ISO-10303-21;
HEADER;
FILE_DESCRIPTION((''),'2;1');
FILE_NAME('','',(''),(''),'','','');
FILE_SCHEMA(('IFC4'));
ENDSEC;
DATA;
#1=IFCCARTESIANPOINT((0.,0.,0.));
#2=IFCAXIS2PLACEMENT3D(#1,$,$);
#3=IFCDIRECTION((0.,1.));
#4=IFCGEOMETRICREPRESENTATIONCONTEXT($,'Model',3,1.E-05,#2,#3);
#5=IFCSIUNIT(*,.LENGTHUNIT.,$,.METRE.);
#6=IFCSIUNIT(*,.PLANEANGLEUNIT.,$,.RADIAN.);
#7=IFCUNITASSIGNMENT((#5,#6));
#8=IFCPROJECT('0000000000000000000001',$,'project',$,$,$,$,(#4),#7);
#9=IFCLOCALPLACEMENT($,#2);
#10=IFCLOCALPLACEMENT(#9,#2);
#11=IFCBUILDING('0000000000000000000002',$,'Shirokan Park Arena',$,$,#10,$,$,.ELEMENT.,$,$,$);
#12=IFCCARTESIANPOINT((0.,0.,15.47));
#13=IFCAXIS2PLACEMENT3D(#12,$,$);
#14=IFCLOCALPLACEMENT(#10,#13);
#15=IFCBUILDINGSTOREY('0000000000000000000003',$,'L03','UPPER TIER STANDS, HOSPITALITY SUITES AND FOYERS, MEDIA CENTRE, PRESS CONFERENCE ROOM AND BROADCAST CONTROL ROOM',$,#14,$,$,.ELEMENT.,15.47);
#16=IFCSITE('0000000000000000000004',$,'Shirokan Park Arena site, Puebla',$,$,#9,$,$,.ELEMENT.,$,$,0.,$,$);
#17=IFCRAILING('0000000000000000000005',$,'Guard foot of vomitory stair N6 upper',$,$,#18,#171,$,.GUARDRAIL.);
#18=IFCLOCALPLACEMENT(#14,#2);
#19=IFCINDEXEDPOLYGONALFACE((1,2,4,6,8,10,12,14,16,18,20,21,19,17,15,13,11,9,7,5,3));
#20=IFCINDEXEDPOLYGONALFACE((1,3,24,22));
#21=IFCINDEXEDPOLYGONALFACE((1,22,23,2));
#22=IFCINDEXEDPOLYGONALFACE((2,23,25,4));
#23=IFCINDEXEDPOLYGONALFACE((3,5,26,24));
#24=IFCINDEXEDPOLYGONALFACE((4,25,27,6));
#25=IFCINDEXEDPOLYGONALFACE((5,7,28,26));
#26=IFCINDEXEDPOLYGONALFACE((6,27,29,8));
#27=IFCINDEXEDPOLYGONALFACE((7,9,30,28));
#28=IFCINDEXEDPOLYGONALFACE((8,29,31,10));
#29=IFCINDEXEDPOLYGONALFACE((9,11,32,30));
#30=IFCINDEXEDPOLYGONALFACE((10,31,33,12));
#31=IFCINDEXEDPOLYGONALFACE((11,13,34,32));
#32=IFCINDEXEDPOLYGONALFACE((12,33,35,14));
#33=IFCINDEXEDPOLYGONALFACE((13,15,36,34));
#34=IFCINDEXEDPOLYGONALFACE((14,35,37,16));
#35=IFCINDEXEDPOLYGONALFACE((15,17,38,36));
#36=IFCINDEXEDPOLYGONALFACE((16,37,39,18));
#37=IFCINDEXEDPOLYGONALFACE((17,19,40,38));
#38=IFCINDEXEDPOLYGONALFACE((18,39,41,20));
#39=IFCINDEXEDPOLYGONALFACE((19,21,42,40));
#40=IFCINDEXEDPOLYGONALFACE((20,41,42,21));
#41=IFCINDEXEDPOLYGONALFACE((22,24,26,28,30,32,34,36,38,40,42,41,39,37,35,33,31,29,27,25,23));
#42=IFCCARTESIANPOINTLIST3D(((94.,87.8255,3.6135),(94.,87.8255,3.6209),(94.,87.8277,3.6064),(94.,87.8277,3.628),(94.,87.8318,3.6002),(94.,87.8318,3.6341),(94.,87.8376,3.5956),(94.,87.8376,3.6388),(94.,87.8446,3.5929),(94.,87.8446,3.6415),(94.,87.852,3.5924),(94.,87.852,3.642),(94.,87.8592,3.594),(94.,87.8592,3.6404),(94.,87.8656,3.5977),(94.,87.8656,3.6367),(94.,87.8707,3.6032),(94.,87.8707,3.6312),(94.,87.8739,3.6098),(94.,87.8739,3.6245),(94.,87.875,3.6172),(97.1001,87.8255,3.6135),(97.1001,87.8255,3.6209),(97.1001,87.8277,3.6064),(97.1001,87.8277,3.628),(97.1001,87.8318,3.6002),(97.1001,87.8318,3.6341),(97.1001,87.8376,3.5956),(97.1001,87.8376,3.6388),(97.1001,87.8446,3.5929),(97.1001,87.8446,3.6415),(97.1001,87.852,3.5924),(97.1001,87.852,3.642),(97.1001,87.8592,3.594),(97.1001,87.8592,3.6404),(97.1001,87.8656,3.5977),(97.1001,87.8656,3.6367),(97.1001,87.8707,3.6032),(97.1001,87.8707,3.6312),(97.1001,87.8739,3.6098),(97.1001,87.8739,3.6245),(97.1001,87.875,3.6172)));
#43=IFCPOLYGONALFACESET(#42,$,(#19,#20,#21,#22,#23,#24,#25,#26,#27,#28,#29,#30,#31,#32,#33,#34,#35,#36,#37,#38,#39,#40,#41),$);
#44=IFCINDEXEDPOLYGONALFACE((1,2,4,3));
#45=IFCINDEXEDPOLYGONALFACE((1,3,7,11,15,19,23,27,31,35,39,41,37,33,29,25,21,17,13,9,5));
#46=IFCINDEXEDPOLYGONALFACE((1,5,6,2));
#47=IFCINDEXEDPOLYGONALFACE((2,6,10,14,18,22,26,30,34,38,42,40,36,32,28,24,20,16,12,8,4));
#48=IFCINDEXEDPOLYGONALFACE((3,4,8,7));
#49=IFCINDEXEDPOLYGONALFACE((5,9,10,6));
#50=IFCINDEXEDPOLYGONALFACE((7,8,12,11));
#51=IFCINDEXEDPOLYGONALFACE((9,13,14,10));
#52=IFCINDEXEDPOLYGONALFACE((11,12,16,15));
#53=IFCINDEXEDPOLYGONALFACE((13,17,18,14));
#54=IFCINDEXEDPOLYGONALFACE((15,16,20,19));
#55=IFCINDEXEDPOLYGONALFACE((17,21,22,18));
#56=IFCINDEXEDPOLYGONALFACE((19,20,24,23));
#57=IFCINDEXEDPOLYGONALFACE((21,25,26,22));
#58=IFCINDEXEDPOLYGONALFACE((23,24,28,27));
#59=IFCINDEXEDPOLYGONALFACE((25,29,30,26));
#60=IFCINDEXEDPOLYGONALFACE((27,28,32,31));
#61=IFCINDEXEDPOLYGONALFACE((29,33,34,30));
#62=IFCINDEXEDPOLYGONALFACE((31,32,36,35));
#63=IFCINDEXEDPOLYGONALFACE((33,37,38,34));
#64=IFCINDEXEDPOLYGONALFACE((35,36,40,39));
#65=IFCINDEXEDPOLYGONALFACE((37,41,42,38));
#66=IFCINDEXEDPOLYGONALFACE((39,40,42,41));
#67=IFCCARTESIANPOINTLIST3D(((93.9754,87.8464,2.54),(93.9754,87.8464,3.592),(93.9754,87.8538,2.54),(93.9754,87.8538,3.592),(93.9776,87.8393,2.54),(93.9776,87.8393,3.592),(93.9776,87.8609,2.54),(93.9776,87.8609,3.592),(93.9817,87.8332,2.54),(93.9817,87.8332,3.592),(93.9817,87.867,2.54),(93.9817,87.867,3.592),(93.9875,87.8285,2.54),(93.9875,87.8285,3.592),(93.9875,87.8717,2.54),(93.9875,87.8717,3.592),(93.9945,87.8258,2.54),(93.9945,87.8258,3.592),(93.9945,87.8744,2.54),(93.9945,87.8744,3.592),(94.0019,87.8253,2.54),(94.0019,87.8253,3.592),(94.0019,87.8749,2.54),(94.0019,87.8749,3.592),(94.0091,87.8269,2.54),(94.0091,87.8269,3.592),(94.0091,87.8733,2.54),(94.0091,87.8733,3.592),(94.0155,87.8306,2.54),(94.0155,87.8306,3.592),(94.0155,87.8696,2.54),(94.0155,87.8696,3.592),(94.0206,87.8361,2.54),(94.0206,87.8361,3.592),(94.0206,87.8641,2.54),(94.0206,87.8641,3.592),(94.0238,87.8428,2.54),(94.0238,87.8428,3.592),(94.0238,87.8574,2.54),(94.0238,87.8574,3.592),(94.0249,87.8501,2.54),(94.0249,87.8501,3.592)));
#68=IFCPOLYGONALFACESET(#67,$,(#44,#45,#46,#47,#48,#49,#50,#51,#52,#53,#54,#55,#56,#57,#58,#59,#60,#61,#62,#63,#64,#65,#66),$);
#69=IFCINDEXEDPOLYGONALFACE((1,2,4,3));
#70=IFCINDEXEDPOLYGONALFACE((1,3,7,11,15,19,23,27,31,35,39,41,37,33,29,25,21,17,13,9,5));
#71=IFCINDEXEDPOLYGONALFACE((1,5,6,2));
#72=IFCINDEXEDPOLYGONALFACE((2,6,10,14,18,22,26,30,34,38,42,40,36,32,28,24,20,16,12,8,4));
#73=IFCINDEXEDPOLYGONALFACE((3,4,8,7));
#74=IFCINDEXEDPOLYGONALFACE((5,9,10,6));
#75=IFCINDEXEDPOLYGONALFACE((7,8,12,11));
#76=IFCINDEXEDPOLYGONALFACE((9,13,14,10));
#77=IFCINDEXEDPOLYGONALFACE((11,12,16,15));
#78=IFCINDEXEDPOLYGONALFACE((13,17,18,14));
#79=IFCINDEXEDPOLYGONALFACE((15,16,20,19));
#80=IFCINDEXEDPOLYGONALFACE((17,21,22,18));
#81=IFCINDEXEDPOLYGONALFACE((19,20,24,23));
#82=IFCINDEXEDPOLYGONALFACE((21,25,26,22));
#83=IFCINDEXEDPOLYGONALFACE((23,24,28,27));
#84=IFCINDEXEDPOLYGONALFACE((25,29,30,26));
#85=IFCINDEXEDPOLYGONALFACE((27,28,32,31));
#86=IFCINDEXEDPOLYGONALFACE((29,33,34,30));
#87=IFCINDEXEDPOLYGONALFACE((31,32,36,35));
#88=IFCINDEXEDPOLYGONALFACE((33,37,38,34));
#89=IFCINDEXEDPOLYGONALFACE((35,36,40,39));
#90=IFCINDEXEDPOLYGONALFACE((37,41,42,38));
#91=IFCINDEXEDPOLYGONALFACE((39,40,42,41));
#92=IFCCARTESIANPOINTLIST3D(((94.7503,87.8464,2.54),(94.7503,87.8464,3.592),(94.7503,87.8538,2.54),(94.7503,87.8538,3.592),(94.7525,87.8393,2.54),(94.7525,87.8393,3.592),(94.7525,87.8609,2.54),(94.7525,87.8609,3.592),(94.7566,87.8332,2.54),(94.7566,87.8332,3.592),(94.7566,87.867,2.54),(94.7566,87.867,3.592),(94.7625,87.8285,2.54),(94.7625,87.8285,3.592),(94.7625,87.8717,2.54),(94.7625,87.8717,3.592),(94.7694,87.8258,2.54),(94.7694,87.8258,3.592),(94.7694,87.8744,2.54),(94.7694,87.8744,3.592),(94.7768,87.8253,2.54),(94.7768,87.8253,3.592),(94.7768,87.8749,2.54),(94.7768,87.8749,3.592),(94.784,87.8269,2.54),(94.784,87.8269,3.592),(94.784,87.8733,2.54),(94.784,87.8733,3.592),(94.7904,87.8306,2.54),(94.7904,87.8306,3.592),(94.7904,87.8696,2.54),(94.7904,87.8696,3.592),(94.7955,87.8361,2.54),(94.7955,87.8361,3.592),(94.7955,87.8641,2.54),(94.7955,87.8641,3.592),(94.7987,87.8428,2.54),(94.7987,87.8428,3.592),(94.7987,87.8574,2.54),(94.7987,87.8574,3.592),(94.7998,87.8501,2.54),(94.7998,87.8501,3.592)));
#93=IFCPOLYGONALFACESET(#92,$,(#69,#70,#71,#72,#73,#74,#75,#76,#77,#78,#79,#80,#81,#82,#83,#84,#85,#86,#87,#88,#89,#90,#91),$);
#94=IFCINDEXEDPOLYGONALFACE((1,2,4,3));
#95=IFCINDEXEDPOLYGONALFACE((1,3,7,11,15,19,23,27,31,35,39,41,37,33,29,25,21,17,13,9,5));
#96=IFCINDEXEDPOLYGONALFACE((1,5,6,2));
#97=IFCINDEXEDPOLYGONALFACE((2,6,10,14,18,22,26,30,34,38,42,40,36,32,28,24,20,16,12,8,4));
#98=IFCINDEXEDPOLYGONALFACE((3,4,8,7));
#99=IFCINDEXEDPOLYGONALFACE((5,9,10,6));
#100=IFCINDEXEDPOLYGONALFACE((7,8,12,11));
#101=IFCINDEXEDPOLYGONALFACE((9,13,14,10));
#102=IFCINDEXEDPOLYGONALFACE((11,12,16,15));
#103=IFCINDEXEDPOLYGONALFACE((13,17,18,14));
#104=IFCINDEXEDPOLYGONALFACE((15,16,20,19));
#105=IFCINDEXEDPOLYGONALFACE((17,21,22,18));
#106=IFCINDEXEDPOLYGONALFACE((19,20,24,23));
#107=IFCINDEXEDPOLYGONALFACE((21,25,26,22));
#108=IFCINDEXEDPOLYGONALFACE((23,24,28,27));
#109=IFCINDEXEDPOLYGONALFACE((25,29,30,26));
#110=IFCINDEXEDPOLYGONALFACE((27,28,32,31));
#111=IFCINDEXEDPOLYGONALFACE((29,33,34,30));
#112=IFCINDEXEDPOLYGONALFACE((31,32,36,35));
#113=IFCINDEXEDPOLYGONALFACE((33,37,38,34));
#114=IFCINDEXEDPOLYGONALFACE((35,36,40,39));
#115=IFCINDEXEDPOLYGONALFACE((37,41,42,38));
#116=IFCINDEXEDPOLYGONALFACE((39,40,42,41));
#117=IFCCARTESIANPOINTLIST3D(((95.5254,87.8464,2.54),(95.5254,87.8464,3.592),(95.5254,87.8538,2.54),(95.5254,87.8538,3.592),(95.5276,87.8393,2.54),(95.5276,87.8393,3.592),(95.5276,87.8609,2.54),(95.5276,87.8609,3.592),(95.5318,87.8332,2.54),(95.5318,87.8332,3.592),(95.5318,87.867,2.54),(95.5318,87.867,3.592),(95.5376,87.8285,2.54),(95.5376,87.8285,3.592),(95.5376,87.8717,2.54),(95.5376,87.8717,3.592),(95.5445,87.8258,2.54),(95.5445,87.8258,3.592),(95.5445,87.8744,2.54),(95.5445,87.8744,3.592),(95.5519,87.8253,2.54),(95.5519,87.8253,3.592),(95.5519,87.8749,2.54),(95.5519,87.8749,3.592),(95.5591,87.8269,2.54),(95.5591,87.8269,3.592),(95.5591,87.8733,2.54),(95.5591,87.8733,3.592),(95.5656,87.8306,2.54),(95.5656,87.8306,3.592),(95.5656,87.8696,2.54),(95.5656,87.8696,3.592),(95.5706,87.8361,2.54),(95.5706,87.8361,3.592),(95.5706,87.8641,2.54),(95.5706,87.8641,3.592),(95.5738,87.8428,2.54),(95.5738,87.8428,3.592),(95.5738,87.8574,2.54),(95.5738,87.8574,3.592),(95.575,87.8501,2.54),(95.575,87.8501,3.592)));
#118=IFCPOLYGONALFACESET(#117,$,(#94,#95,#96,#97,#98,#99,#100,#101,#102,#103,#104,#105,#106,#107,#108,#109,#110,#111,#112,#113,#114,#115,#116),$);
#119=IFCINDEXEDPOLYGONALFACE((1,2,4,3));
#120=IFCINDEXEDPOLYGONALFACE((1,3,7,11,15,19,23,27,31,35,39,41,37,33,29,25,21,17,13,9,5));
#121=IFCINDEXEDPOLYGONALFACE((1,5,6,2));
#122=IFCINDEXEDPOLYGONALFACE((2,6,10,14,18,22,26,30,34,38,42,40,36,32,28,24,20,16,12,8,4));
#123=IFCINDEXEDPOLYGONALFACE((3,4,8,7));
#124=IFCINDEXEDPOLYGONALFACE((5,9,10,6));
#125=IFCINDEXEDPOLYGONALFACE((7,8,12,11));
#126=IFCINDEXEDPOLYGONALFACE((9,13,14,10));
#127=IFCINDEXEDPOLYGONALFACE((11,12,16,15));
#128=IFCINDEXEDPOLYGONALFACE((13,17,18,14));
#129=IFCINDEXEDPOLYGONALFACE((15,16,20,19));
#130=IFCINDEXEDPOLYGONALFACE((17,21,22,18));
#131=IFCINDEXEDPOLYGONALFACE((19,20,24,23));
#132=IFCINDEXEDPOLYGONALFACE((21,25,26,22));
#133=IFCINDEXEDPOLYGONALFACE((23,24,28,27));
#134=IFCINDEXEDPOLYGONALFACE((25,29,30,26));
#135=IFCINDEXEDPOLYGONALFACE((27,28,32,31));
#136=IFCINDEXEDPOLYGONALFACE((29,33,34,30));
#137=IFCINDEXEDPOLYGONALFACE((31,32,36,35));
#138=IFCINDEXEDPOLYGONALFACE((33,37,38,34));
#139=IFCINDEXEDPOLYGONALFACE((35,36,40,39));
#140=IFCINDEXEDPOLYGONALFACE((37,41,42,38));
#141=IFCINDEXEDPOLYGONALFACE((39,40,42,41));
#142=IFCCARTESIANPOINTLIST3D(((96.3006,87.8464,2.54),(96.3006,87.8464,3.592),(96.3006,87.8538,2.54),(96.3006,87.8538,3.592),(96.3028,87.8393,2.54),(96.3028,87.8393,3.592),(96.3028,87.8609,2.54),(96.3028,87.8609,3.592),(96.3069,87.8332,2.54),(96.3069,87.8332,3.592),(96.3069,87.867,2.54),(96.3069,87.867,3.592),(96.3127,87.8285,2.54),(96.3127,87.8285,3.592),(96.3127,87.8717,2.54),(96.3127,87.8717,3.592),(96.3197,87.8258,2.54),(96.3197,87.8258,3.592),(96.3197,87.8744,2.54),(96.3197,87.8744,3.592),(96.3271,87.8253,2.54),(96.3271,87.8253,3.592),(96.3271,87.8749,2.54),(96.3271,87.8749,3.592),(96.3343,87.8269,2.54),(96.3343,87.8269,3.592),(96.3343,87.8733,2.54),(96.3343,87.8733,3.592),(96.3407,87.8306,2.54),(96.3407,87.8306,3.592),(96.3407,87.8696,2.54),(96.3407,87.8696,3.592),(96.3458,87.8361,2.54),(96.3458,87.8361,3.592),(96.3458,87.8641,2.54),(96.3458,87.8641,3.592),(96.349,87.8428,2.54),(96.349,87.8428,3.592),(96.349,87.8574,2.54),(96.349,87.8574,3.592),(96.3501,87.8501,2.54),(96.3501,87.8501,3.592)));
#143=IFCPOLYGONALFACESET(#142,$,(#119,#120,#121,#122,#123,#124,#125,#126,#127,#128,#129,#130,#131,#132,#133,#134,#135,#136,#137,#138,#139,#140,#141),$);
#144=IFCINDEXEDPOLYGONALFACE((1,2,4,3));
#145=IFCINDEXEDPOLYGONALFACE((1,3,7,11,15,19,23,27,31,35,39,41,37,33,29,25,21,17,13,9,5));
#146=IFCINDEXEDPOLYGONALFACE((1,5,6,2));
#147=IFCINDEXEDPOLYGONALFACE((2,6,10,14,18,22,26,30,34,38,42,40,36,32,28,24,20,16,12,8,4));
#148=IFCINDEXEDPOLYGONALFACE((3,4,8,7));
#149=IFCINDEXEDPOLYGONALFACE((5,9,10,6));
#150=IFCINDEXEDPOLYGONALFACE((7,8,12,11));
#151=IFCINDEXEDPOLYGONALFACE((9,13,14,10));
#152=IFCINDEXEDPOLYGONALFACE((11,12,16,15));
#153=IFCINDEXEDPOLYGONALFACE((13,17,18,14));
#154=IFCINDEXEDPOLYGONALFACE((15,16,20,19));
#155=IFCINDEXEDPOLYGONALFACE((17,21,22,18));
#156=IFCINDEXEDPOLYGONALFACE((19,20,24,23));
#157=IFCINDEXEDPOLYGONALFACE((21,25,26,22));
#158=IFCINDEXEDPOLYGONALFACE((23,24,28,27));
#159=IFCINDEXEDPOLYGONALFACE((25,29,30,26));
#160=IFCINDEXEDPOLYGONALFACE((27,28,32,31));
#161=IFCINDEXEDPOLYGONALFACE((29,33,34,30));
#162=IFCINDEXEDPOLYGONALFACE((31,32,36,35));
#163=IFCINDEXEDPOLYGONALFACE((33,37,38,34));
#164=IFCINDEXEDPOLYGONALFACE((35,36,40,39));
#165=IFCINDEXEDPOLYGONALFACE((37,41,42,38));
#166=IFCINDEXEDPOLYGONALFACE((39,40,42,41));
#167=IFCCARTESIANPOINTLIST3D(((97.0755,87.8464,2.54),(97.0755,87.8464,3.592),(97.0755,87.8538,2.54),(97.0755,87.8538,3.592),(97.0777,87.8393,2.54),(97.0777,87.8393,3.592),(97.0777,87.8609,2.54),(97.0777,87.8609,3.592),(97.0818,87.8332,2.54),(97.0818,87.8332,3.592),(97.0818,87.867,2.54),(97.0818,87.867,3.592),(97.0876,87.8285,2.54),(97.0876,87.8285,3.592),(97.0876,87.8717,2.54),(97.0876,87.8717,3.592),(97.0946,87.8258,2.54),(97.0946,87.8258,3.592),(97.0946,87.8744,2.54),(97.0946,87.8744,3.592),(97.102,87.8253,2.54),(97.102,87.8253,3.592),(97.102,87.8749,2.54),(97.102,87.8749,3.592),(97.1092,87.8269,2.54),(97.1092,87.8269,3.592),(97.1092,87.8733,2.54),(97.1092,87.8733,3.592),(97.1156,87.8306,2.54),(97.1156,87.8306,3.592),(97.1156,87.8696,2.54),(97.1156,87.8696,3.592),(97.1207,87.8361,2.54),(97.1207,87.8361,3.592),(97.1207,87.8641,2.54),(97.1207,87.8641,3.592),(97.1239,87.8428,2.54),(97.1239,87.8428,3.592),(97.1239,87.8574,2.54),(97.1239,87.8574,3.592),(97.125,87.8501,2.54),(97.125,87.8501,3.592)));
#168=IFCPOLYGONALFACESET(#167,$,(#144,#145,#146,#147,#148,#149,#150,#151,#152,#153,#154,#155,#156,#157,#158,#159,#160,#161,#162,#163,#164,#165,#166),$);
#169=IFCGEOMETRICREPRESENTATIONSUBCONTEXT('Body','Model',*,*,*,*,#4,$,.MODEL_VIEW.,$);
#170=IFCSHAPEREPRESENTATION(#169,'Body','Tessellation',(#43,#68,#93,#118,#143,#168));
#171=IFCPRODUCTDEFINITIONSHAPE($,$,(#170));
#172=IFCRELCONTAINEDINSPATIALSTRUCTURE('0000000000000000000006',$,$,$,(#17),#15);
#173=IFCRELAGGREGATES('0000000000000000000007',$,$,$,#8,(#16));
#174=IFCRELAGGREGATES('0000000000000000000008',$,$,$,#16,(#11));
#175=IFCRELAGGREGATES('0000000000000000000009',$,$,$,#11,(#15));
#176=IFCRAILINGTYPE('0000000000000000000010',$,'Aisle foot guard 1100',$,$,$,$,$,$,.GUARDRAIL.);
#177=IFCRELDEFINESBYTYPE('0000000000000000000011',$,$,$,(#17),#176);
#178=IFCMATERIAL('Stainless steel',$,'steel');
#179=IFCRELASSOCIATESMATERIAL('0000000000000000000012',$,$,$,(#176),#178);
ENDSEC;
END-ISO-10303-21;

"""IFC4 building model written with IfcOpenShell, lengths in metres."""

from ifc_helpers import new_model, si_unit, direction, frame, origin, origin_2d, place, context, subcontext, project, spatial, circle, extrude, material, type_object, element, save


model = new_model("IFC4")

# Units and contexts
model_context = context("Model", 3, precision=1e-05, world=origin(), true_north=direction((0.0, 1.0)))
body_context = subcontext(model_context, "Body", "Model", "MODEL_VIEW")
ifc_project = project(units=[si_unit("LENGTHUNIT", "METRE"), si_unit("PLANEANGLEUNIT", "RADIAN")], contexts=[model_context])

# Site, building, storey
site_placement = place(None, origin())
site = spatial("IfcSite", under=ifc_project, at=site_placement, Name="Shirokan Park Arena site, Puebla", CompositionType="ELEMENT", RefElevation=0.0)
building_placement = place(site_placement, origin())
building = spatial("IfcBuilding", under=site, at=building_placement, Name="Shirokan Park Arena", CompositionType="ELEMENT")
storey_placement = place(building_placement, frame((0.0, 0.0, 15.47)))
storey = spatial("IfcBuildingStorey", under=building, at=storey_placement, Name="L03", Description="UPPER TIER STANDS, HOSPITALITY SUITES AND FOYERS, MEDIA CENTRE, PRESS CONFERENCE ROOM AND BROADCAST CONTROL ROOM", CompositionType="ELEMENT", Elevation=15.47)

# Railing
ifc_material_1 = material(Name="Stainless steel", Category="steel")
railing_type_1 = type_object("IfcRailingType", Name="Aisle foot guard 1100", PredefinedType="GUARDRAIL", material=ifc_material_1)
railing_1_placement = place(storey_placement, frame((94.0, 87.8501, 2.54)))
element("IfcRailing", 1, at=railing_1_placement, inside=storey, type_object=railing_type_1, Name="Guard foot of vomitory stair N6 upper", PredefinedType="GUARDRAIL", context=body_context, shape_type="SweptSolid", body=[
    extrude(circle(Radius=0.0249, at=origin_2d()), frame((0.0, 0.0, 1.0771), z_axis=(1.0, 0.0, 0.0), x_axis=(0.0, 1.0, 0.0)), (0.0, 0.0, 1.0), 3.1001),
    extrude(circle(Radius=0.0249, at=origin_2d()), origin(), (0.0, 0.0, 1.0), 1.052),
    extrude(circle(Radius=0.0249, at=origin_2d()), frame((0.7749, 0.0, 0.0)), (0.0, 0.0, 1.0), 1.052),
    extrude(circle(Radius=0.0249, at=origin_2d()), frame((1.55, 0.0, 0.0)), (0.0, 0.0, 1.0), 1.052),
    extrude(circle(Radius=0.0249, at=origin_2d()), frame((2.3252, 0.0, 0.0)), (0.0, 0.0, 1.0), 1.052),
    extrude(circle(Radius=0.0249, at=origin_2d()), frame((3.1001, 0.0, 0.0)), (0.0, 0.0, 1.0), 1.052),
])

save(model, "model.ifc")
